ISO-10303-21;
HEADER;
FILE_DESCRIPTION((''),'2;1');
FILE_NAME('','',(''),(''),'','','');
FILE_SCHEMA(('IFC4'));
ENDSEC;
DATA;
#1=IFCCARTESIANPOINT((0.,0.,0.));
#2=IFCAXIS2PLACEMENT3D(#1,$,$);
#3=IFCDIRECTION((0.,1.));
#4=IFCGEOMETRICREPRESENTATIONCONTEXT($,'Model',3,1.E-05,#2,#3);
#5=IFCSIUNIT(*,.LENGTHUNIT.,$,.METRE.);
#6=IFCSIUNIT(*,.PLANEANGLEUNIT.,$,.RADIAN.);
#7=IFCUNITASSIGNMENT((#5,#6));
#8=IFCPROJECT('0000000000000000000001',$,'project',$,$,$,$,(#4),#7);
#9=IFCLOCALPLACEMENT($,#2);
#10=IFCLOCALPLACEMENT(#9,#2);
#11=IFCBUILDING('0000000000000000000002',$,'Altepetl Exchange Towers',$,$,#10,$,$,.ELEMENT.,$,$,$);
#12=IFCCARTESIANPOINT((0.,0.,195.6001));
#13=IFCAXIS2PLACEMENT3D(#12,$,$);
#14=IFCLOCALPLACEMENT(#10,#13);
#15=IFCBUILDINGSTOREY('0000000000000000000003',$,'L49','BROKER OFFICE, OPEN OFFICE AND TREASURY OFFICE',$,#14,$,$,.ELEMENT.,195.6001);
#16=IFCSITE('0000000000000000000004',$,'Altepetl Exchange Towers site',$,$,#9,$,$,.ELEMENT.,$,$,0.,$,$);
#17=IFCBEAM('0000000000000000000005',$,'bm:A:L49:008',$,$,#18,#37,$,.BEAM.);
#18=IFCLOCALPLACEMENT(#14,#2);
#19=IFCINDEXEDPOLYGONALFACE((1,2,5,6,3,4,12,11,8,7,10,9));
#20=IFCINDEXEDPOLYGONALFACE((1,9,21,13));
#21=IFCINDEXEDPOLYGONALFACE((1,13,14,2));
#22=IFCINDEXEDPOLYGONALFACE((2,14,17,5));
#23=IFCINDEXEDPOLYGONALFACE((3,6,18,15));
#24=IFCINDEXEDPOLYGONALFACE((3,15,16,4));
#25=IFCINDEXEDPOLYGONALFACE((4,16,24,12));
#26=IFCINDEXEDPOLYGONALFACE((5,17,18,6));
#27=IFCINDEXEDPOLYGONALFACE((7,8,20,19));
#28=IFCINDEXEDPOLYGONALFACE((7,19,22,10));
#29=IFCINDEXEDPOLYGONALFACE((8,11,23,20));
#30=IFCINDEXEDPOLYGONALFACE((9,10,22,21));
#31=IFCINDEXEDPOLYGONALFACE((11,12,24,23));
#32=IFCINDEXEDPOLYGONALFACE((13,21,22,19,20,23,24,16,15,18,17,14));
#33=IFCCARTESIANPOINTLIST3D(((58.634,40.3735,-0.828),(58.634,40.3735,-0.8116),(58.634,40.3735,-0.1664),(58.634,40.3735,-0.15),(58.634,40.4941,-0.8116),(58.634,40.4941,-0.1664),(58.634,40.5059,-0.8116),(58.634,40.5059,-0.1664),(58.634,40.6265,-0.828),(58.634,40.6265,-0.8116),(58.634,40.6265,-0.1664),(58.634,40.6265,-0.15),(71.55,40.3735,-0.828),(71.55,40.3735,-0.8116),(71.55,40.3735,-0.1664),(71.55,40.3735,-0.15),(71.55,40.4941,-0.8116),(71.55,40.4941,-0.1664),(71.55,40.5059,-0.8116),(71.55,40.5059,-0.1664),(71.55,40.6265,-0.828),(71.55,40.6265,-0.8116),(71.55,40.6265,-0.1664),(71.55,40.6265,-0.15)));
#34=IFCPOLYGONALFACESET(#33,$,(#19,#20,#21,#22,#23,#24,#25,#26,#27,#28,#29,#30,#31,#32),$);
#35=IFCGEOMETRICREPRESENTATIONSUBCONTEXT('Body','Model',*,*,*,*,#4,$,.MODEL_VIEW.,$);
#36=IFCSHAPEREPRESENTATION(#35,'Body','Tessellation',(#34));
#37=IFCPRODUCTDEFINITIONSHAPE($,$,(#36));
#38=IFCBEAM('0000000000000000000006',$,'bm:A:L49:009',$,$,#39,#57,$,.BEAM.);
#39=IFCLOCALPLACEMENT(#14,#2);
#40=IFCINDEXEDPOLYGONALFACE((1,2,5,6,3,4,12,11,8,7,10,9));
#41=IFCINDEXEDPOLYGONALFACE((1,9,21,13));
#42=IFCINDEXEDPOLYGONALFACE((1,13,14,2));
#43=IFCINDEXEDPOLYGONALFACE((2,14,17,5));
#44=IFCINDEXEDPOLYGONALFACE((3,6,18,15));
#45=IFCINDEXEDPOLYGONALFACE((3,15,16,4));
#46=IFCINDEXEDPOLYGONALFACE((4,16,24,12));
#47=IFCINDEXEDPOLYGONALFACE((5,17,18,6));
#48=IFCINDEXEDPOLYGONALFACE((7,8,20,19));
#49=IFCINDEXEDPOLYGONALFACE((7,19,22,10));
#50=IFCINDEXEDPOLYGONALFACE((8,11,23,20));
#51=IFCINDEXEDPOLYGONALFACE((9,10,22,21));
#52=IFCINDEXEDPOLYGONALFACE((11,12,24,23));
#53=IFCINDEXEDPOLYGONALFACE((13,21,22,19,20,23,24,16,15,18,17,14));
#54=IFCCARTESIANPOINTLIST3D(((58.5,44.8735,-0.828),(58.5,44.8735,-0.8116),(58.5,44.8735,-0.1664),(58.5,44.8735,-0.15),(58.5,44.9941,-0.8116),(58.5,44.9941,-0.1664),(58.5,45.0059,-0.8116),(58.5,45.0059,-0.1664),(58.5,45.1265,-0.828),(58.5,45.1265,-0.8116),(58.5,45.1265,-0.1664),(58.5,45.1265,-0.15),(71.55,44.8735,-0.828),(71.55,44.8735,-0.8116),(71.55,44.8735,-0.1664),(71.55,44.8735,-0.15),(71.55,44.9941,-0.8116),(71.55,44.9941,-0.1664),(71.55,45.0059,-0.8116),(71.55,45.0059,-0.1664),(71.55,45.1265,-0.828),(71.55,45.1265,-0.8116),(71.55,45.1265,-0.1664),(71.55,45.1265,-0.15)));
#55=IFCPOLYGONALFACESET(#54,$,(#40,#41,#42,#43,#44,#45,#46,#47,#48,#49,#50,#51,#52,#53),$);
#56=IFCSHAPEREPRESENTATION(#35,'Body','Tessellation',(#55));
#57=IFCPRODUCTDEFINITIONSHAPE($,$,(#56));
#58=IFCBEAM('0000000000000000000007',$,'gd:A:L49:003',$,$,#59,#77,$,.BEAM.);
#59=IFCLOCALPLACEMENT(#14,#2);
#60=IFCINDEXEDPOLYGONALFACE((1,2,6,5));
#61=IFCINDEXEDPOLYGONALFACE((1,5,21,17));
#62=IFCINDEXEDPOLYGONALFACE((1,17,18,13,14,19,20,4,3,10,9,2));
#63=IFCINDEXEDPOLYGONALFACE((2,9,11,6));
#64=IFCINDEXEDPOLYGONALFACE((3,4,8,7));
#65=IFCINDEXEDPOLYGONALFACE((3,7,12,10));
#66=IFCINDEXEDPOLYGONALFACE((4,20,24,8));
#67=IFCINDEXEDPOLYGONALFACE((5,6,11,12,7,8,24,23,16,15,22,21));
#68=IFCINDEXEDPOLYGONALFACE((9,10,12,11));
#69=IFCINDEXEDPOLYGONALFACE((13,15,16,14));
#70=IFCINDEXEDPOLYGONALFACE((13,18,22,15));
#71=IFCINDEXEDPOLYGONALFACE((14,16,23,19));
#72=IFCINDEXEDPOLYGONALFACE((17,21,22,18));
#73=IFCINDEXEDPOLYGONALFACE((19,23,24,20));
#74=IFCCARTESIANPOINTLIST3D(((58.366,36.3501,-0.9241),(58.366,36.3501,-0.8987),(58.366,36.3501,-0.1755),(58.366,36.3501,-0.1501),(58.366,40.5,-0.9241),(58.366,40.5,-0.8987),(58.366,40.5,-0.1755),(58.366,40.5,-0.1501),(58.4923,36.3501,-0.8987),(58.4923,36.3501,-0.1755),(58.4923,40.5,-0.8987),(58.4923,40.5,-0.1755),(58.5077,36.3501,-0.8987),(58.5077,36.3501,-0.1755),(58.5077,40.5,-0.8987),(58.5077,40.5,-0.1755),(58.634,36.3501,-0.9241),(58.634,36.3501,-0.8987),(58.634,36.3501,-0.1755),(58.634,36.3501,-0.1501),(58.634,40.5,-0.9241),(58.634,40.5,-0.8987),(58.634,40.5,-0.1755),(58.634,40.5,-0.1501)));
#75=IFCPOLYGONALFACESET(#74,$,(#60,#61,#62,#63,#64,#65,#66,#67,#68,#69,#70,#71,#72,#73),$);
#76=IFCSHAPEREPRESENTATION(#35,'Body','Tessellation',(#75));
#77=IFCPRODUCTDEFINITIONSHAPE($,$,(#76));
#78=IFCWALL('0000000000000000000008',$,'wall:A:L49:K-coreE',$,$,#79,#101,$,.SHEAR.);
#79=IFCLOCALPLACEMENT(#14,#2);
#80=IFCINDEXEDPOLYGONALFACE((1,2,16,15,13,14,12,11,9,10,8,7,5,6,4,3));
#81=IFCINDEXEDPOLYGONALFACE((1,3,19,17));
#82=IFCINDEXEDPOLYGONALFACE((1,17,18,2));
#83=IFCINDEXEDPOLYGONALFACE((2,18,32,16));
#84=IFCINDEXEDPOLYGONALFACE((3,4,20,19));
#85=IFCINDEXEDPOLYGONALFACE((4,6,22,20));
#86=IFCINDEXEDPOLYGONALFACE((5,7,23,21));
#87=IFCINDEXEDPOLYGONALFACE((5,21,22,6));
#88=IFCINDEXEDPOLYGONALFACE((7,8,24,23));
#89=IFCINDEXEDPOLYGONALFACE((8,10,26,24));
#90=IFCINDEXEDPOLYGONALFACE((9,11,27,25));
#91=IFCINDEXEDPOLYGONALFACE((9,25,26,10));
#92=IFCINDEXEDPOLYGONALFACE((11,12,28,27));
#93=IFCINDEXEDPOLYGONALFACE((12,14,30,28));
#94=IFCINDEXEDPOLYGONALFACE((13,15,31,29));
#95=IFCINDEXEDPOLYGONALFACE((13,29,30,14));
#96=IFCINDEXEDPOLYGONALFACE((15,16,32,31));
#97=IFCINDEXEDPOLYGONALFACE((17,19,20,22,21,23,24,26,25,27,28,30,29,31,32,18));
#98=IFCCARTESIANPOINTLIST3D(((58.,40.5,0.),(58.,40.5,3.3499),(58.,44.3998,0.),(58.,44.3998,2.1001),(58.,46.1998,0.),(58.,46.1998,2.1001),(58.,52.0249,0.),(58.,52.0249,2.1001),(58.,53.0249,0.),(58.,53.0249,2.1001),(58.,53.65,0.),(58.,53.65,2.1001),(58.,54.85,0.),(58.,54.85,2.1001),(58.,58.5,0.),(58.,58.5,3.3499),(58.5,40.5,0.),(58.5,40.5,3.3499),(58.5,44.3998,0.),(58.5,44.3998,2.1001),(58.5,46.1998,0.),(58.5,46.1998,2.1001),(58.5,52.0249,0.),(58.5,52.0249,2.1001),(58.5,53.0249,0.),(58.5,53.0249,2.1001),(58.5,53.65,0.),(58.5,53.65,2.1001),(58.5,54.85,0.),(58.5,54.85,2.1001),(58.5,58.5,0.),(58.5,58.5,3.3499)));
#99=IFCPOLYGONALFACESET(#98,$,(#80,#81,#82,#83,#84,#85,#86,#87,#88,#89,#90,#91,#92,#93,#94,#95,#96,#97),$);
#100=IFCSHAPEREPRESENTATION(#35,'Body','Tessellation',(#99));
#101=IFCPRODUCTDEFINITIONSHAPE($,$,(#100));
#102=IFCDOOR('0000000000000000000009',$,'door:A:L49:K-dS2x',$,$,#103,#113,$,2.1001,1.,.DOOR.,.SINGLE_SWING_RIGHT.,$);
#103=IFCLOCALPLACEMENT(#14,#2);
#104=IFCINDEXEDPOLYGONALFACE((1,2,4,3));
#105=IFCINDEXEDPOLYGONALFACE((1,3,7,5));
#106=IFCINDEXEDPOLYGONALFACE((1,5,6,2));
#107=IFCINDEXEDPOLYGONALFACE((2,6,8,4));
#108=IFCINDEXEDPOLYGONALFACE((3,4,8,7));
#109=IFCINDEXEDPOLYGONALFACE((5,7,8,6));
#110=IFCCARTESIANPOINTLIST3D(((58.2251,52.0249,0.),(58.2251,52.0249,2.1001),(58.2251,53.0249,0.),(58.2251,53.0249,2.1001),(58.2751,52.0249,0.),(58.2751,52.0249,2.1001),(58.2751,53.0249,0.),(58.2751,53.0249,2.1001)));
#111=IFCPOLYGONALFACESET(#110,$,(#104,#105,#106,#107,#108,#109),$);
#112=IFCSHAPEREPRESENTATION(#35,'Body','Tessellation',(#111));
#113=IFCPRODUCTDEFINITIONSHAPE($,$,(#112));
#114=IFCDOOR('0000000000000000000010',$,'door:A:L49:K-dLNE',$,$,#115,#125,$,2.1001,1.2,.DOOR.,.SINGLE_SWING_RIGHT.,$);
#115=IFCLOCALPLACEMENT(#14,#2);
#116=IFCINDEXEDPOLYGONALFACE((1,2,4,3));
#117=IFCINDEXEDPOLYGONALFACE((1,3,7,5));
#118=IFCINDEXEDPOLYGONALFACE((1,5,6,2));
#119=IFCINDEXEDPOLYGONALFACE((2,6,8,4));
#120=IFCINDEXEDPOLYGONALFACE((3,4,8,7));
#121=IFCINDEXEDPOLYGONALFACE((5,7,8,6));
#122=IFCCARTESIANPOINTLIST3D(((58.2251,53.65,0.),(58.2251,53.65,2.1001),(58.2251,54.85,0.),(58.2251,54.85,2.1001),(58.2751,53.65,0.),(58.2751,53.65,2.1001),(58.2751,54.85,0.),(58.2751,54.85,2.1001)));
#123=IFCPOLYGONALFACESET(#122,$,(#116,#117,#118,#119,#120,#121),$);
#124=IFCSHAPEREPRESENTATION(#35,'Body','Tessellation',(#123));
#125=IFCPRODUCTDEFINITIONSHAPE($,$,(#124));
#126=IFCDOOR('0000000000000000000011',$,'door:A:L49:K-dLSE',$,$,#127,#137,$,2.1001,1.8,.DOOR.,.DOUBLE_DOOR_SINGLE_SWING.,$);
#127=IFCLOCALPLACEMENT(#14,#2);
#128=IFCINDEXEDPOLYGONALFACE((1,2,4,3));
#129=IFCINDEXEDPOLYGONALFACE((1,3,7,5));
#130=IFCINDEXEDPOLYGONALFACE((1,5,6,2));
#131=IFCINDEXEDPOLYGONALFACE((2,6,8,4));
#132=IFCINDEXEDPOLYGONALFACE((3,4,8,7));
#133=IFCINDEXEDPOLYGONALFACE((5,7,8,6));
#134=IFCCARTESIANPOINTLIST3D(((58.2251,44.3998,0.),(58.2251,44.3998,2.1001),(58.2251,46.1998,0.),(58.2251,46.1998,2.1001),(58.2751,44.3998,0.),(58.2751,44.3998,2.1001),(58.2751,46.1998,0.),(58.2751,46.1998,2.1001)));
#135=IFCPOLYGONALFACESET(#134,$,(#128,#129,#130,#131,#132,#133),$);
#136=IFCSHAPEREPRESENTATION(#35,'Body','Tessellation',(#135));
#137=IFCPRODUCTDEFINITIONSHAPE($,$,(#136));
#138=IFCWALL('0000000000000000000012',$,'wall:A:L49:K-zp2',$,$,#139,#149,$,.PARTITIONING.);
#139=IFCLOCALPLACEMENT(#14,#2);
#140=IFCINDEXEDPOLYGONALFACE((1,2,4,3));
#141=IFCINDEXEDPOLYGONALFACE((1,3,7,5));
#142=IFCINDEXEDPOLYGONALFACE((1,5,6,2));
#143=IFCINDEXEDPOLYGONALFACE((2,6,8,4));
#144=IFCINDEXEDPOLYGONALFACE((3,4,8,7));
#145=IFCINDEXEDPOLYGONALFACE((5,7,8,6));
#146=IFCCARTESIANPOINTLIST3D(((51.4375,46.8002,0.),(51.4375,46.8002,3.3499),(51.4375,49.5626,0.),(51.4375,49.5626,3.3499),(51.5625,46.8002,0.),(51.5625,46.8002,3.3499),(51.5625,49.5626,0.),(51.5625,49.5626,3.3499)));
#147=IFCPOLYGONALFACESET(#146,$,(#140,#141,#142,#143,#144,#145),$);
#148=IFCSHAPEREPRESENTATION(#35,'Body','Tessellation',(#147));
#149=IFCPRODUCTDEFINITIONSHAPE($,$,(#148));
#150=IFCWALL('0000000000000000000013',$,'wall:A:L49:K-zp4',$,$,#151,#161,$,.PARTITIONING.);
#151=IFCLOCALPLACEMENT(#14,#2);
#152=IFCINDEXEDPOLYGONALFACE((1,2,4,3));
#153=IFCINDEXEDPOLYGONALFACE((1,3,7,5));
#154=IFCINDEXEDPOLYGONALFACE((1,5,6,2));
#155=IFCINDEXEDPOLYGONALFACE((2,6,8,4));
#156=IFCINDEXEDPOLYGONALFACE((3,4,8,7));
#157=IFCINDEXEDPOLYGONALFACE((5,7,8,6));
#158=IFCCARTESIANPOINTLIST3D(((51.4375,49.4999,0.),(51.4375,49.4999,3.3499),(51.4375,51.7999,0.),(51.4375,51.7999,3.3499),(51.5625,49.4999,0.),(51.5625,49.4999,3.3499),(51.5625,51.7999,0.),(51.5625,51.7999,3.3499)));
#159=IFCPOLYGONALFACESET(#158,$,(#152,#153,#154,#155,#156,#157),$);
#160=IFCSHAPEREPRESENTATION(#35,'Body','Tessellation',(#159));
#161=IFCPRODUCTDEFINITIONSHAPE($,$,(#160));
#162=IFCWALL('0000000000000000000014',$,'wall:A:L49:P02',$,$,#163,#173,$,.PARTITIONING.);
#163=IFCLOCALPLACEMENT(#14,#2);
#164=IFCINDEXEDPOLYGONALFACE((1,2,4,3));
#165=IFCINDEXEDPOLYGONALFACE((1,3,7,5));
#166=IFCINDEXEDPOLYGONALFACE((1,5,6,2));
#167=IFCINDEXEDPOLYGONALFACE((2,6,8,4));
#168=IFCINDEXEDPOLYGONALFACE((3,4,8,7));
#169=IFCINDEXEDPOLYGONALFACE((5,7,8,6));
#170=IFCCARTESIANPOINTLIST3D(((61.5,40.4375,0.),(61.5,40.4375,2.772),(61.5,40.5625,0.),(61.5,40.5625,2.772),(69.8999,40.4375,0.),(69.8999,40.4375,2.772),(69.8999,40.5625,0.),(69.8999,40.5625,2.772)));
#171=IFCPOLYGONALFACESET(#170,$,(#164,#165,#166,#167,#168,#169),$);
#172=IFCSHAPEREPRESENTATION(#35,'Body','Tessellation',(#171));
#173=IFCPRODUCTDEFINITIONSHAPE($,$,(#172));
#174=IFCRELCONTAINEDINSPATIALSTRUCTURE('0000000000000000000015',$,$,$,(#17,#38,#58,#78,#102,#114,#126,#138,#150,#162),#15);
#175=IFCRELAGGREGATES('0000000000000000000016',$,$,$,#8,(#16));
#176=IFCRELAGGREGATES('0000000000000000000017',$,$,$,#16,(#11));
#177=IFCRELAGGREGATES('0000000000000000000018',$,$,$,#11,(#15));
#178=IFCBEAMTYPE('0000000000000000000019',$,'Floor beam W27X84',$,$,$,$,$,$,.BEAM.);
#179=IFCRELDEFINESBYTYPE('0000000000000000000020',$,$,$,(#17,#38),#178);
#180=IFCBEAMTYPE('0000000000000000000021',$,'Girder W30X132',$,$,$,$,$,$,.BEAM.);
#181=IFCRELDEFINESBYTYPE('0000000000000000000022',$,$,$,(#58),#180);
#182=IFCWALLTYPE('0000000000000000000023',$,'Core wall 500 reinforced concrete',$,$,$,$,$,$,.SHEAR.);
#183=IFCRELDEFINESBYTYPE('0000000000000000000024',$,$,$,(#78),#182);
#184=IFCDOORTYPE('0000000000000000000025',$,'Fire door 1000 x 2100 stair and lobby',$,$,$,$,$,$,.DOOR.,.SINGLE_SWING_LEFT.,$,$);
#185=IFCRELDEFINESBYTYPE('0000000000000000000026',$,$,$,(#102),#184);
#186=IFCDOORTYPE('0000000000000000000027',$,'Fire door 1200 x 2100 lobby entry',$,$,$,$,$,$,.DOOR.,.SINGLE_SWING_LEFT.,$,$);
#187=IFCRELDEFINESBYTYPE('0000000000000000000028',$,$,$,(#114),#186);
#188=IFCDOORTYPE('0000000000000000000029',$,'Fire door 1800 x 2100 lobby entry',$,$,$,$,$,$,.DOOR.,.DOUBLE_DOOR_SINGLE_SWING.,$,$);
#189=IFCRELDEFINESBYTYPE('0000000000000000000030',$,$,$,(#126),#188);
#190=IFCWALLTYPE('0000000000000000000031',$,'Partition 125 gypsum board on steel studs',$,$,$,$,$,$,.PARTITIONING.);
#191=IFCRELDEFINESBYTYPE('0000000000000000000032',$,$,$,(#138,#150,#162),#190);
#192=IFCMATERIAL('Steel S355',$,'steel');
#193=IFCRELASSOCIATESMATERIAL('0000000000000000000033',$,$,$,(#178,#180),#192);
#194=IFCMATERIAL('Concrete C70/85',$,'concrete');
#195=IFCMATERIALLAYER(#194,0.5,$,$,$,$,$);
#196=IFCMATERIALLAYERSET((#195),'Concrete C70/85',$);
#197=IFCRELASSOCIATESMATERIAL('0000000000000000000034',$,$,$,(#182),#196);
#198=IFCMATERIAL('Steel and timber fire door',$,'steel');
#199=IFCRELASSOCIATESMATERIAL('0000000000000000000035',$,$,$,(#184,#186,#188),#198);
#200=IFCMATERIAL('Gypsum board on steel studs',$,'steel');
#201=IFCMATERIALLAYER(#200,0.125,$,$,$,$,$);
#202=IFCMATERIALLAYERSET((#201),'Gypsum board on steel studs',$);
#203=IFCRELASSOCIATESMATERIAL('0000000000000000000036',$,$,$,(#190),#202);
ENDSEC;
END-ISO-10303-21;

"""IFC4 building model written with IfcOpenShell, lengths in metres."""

from ifc_helpers import new_model, si_unit, direction, frame, frame_2d, origin, origin_2d, place, context, subcontext, project, spatial, rectangle, i_section, extrude, material, layer, layer_set, material_profile, profile_set, type_object, element, fill, save


model = new_model("IFC4")

# Units and contexts
model_context = context("Model", 3, precision=1e-05, world=origin(), true_north=direction((0.0, 1.0)))
body_context = subcontext(model_context, "Body", "Model", "MODEL_VIEW")
ifc_project = project(units=[si_unit("LENGTHUNIT", "METRE"), si_unit("PLANEANGLEUNIT", "RADIAN")], contexts=[model_context])

# Site, building, storey
site_placement = place(None, origin())
site = spatial("IfcSite", under=ifc_project, at=site_placement, Name="Altepetl Exchange Towers site", CompositionType="ELEMENT", RefElevation=0.0)
building_placement = place(site_placement, origin())
building = spatial("IfcBuilding", under=site, at=building_placement, Name="Altepetl Exchange Towers", CompositionType="ELEMENT")
storey_placement = place(building_placement, frame((0.0, 0.0, 195.6001)))
storey = spatial("IfcBuildingStorey", under=building, at=storey_placement, Name="L49", Description="BROKER OFFICE, OPEN OFFICE AND TREASURY OFFICE", CompositionType="ELEMENT", Elevation=195.6001)

# Beams
ifc_material_1 = material(Name="Steel S355", Category="steel")
ifc_material_profile_1 = material_profile(ifc_material_1, i_section(OverallWidth=0.2529, OverallDepth=0.678, WebThickness=0.0117, FlangeThickness=0.0164, at=origin_2d()), Name="W27X84")
ifc_profile_set_1 = profile_set([ifc_material_profile_1], Name="Steel S355")
beam_type_1 = type_object("IfcBeamType", Name="Floor beam W27X84", PredefinedType="BEAM", material=ifc_profile_set_1)
beam_1_placement = place(storey_placement, frame((58.634, 40.5, -0.489), z_axis=(1.0, 0.0, 0.0), x_axis=(0.0, 1.0, 0.0)))
element("IfcBeam", 1, at=beam_1_placement, inside=storey, type_object=beam_type_1, Name="bm:A:L49:008", PredefinedType="BEAM", context=body_context, shape_type="SweptSolid", body=[
    extrude(i_section(OverallWidth=0.2529, OverallDepth=0.678, WebThickness=0.0117, FlangeThickness=0.0164, at=origin_2d()), origin(), (0.0, 0.0, 1.0), 12.916),
])
beam_2_placement = place(storey_placement, frame((58.5, 45.0, -0.489), z_axis=(1.0, 0.0, 0.0), x_axis=(0.0, 1.0, 0.0)))
element("IfcBeam", 2, at=beam_2_placement, inside=storey, type_object=beam_type_1, Name="bm:A:L49:009", PredefinedType="BEAM", context=body_context, shape_type="SweptSolid", body=[
    extrude(i_section(OverallWidth=0.2529, OverallDepth=0.678, WebThickness=0.0117, FlangeThickness=0.0164, at=origin_2d()), origin(), (0.0, 0.0, 1.0), 13.05),
])
ifc_material_profile_2 = material_profile(ifc_material_1, i_section(OverallWidth=0.2681, OverallDepth=0.7739, WebThickness=0.0154, FlangeThickness=0.0254, at=origin_2d()), Name="W30X132")
ifc_profile_set_2 = profile_set([ifc_material_profile_2], Name="Steel S355")
beam_type_2 = type_object("IfcBeamType", Name="Girder W30X132", PredefinedType="BEAM", material=ifc_profile_set_2)
beam_3_placement = place(storey_placement, frame((58.5, 40.5, -0.5371), z_axis=(0.0, -1.0, 0.0), x_axis=(1.0, 0.0, 0.0)))
element("IfcBeam", 3, at=beam_3_placement, inside=storey, type_object=beam_type_2, Name="gd:A:L49:003", PredefinedType="BEAM", context=body_context, shape_type="SweptSolid", body=[
    extrude(i_section(OverallWidth=0.2681, OverallDepth=0.7739, WebThickness=0.0154, FlangeThickness=0.0254, at=origin_2d()), origin(), (0.0, 0.0, 1.0), 4.1499),
])

# Wall, openings, doors
ifc_material_2 = material(Name="Concrete C70/85", Category="concrete")
ifc_layer_1 = layer(ifc_material_2, 0.5)
ifc_layer_set_1 = layer_set([ifc_layer_1], Name="Concrete C70/85")
wall_type_1 = type_object("IfcWallType", Name="Core wall 500 reinforced concrete", PredefinedType="SHEAR", material=ifc_layer_set_1)
wall_1_placement = place(storey_placement, frame((58.25, 40.5, 0.0), z_axis=(0.0, 0.0, 1.0), x_axis=(0.0, 1.0, 0.0)))
wall_1 = element("IfcWall", 4, at=wall_1_placement, inside=storey, type_object=wall_type_1, Name="wall:A:L49:K-coreE", PredefinedType="SHEAR", context=body_context, shape_type="SweptSolid", body=[
    extrude(rectangle(XDim=18.0, YDim=0.5, at=frame_2d((9.0, 0.0))), origin(), (0.0, 0.0, 1.0), 3.3499),
])
opening_1_placement = place(wall_1_placement, frame((13.1499, 0.0, 0.0)))
opening_1 = element("IfcOpeningElement", 5, at=opening_1_placement, cuts=wall_1, PredefinedType="OPENING", context=body_context, shape_type="SweptSolid", body=[
    extrude(rectangle(XDim=1.2, YDim=2.1001, at=frame_2d((0.6001, 1.05))), frame((0.0, 0.26, 0.0), z_axis=(0.0, -1.0, 0.0), x_axis=(1.0, 0.0, 0.0)), (0.0, 0.0, 1.0), 0.52),
])
opening_2_placement = place(wall_1_placement, frame((3.8999, 0.0, 0.0)))
opening_2 = element("IfcOpeningElement", 6, at=opening_2_placement, cuts=wall_1, PredefinedType="OPENING", context=body_context, shape_type="SweptSolid", body=[
    extrude(rectangle(XDim=1.8, YDim=2.1001, at=frame_2d((0.8999, 1.05))), frame((0.0, 0.26, 0.0), z_axis=(0.0, -1.0, 0.0), x_axis=(1.0, 0.0, 0.0)), (0.0, 0.0, 1.0), 0.52),
])
opening_3_placement = place(wall_1_placement, frame((11.5249, 0.0, 0.0)))
opening_3 = element("IfcOpeningElement", 7, at=opening_3_placement, cuts=wall_1, PredefinedType="OPENING", context=body_context, shape_type="SweptSolid", body=[
    extrude(rectangle(XDim=1.0, YDim=2.1001, at=frame_2d((0.5, 1.05))), frame((0.0, 0.26, 0.0), z_axis=(0.0, -1.0, 0.0), x_axis=(1.0, 0.0, 0.0)), (0.0, 0.0, 1.0), 0.52),
])
ifc_material_3 = material(Name="Steel and timber fire door", Category="steel")
door_type_1 = type_object("IfcDoorType", Name="Fire door 1000 x 2100 stair and lobby", OperationType="SINGLE_SWING_LEFT", PredefinedType="DOOR", material=ifc_material_3)
door_1_placement = place(opening_3_placement, origin())
door_1 = element("IfcDoor", 8, at=door_1_placement, inside=storey, type_object=door_type_1, Name="door:A:L49:K-dS2x", OperationType="SINGLE_SWING_RIGHT", OverallHeight=2.1001, OverallWidth=1.0, PredefinedType="DOOR", context=body_context, shape_type="SweptSolid", body=[
    extrude(rectangle(XDim=1.0, YDim=2.1001, at=frame_2d((0.5, 1.05))), frame((0.0, 0.0249, 0.0), z_axis=(0.0, -1.0, 0.0), x_axis=(1.0, 0.0, 0.0)), (0.0, 0.0, 1.0), 0.05),
])
fill(opening_3, door_1)
door_type_2 = type_object("IfcDoorType", Name="Fire door 1200 x 2100 lobby entry", OperationType="SINGLE_SWING_LEFT", PredefinedType="DOOR", material=ifc_material_3)
door_2_placement = place(opening_1_placement, origin())
door_2 = element("IfcDoor", 9, at=door_2_placement, inside=storey, type_object=door_type_2, Name="door:A:L49:K-dLNE", OperationType="SINGLE_SWING_RIGHT", OverallHeight=2.1001, OverallWidth=1.2, PredefinedType="DOOR", context=body_context, shape_type="SweptSolid", body=[
    extrude(rectangle(XDim=1.2, YDim=2.1001, at=frame_2d((0.6001, 1.05))), frame((0.0, 0.0249, 0.0), z_axis=(0.0, -1.0, 0.0), x_axis=(1.0, 0.0, 0.0)), (0.0, 0.0, 1.0), 0.05),
])
fill(opening_1, door_2)
door_type_3 = type_object("IfcDoorType", Name="Fire door 1800 x 2100 lobby entry", OperationType="DOUBLE_DOOR_SINGLE_SWING", PredefinedType="DOOR", material=ifc_material_3)
door_3_placement = place(opening_2_placement, origin())
door_3 = element("IfcDoor", 10, at=door_3_placement, inside=storey, type_object=door_type_3, Name="door:A:L49:K-dLSE", OperationType="DOUBLE_DOOR_SINGLE_SWING", OverallHeight=2.1001, OverallWidth=1.8, PredefinedType="DOOR", context=body_context, shape_type="SweptSolid", body=[
    extrude(rectangle(XDim=1.8, YDim=2.1001, at=frame_2d((0.8999, 1.05))), frame((0.0, 0.0249, 0.0), z_axis=(0.0, -1.0, 0.0), x_axis=(1.0, 0.0, 0.0)), (0.0, 0.0, 1.0), 0.05),
])
fill(opening_2, door_3)

# Walls
ifc_material_4 = material(Name="Gypsum board on steel studs", Category="steel")
ifc_layer_2 = layer(ifc_material_4, 0.125)
ifc_layer_set_2 = layer_set([ifc_layer_2], Name="Gypsum board on steel studs")
wall_type_2 = type_object("IfcWallType", Name="Partition 125 gypsum board on steel studs", PredefinedType="PARTITIONING", material=ifc_layer_set_2)
wall_2_placement = place(storey_placement, frame((51.5, 46.8, 0.0), z_axis=(0.0, 0.0, 1.0), x_axis=(0.0, 1.0, 0.0)))
element("IfcWall", 11, at=wall_2_placement, inside=storey, type_object=wall_type_2, Name="wall:A:L49:K-zp2", PredefinedType="PARTITIONING", context=body_context, shape_type="SweptSolid", body=[
    extrude(rectangle(XDim=2.7625, YDim=0.125, at=frame_2d((1.3813, 0.0))), origin(), (0.0, 0.0, 1.0), 3.3499),
])
wall_3_placement = place(storey_placement, frame((51.5, 49.5, 0.0), z_axis=(0.0, 0.0, 1.0), x_axis=(0.0, 1.0, 0.0)))
element("IfcWall", 12, at=wall_3_placement, inside=storey, type_object=wall_type_2, Name="wall:A:L49:K-zp4", PredefinedType="PARTITIONING", context=body_context, shape_type="SweptSolid", body=[
    extrude(rectangle(XDim=2.3, YDim=0.125, at=frame_2d((1.1499, 0.0))), origin(), (0.0, 0.0, 1.0), 3.3499),
])
wall_4_placement = place(storey_placement, frame((61.5, 40.5, 0.0)))
element("IfcWall", 13, at=wall_4_placement, inside=storey, type_object=wall_type_2, Name="wall:A:L49:P02", PredefinedType="PARTITIONING", context=body_context, shape_type="SweptSolid", body=[
    extrude(rectangle(XDim=8.3999, YDim=0.125, at=frame_2d((4.2, 0.0))), origin(), (0.0, 0.0, 1.0), 2.772),
])

save(model, "model.ifc")
